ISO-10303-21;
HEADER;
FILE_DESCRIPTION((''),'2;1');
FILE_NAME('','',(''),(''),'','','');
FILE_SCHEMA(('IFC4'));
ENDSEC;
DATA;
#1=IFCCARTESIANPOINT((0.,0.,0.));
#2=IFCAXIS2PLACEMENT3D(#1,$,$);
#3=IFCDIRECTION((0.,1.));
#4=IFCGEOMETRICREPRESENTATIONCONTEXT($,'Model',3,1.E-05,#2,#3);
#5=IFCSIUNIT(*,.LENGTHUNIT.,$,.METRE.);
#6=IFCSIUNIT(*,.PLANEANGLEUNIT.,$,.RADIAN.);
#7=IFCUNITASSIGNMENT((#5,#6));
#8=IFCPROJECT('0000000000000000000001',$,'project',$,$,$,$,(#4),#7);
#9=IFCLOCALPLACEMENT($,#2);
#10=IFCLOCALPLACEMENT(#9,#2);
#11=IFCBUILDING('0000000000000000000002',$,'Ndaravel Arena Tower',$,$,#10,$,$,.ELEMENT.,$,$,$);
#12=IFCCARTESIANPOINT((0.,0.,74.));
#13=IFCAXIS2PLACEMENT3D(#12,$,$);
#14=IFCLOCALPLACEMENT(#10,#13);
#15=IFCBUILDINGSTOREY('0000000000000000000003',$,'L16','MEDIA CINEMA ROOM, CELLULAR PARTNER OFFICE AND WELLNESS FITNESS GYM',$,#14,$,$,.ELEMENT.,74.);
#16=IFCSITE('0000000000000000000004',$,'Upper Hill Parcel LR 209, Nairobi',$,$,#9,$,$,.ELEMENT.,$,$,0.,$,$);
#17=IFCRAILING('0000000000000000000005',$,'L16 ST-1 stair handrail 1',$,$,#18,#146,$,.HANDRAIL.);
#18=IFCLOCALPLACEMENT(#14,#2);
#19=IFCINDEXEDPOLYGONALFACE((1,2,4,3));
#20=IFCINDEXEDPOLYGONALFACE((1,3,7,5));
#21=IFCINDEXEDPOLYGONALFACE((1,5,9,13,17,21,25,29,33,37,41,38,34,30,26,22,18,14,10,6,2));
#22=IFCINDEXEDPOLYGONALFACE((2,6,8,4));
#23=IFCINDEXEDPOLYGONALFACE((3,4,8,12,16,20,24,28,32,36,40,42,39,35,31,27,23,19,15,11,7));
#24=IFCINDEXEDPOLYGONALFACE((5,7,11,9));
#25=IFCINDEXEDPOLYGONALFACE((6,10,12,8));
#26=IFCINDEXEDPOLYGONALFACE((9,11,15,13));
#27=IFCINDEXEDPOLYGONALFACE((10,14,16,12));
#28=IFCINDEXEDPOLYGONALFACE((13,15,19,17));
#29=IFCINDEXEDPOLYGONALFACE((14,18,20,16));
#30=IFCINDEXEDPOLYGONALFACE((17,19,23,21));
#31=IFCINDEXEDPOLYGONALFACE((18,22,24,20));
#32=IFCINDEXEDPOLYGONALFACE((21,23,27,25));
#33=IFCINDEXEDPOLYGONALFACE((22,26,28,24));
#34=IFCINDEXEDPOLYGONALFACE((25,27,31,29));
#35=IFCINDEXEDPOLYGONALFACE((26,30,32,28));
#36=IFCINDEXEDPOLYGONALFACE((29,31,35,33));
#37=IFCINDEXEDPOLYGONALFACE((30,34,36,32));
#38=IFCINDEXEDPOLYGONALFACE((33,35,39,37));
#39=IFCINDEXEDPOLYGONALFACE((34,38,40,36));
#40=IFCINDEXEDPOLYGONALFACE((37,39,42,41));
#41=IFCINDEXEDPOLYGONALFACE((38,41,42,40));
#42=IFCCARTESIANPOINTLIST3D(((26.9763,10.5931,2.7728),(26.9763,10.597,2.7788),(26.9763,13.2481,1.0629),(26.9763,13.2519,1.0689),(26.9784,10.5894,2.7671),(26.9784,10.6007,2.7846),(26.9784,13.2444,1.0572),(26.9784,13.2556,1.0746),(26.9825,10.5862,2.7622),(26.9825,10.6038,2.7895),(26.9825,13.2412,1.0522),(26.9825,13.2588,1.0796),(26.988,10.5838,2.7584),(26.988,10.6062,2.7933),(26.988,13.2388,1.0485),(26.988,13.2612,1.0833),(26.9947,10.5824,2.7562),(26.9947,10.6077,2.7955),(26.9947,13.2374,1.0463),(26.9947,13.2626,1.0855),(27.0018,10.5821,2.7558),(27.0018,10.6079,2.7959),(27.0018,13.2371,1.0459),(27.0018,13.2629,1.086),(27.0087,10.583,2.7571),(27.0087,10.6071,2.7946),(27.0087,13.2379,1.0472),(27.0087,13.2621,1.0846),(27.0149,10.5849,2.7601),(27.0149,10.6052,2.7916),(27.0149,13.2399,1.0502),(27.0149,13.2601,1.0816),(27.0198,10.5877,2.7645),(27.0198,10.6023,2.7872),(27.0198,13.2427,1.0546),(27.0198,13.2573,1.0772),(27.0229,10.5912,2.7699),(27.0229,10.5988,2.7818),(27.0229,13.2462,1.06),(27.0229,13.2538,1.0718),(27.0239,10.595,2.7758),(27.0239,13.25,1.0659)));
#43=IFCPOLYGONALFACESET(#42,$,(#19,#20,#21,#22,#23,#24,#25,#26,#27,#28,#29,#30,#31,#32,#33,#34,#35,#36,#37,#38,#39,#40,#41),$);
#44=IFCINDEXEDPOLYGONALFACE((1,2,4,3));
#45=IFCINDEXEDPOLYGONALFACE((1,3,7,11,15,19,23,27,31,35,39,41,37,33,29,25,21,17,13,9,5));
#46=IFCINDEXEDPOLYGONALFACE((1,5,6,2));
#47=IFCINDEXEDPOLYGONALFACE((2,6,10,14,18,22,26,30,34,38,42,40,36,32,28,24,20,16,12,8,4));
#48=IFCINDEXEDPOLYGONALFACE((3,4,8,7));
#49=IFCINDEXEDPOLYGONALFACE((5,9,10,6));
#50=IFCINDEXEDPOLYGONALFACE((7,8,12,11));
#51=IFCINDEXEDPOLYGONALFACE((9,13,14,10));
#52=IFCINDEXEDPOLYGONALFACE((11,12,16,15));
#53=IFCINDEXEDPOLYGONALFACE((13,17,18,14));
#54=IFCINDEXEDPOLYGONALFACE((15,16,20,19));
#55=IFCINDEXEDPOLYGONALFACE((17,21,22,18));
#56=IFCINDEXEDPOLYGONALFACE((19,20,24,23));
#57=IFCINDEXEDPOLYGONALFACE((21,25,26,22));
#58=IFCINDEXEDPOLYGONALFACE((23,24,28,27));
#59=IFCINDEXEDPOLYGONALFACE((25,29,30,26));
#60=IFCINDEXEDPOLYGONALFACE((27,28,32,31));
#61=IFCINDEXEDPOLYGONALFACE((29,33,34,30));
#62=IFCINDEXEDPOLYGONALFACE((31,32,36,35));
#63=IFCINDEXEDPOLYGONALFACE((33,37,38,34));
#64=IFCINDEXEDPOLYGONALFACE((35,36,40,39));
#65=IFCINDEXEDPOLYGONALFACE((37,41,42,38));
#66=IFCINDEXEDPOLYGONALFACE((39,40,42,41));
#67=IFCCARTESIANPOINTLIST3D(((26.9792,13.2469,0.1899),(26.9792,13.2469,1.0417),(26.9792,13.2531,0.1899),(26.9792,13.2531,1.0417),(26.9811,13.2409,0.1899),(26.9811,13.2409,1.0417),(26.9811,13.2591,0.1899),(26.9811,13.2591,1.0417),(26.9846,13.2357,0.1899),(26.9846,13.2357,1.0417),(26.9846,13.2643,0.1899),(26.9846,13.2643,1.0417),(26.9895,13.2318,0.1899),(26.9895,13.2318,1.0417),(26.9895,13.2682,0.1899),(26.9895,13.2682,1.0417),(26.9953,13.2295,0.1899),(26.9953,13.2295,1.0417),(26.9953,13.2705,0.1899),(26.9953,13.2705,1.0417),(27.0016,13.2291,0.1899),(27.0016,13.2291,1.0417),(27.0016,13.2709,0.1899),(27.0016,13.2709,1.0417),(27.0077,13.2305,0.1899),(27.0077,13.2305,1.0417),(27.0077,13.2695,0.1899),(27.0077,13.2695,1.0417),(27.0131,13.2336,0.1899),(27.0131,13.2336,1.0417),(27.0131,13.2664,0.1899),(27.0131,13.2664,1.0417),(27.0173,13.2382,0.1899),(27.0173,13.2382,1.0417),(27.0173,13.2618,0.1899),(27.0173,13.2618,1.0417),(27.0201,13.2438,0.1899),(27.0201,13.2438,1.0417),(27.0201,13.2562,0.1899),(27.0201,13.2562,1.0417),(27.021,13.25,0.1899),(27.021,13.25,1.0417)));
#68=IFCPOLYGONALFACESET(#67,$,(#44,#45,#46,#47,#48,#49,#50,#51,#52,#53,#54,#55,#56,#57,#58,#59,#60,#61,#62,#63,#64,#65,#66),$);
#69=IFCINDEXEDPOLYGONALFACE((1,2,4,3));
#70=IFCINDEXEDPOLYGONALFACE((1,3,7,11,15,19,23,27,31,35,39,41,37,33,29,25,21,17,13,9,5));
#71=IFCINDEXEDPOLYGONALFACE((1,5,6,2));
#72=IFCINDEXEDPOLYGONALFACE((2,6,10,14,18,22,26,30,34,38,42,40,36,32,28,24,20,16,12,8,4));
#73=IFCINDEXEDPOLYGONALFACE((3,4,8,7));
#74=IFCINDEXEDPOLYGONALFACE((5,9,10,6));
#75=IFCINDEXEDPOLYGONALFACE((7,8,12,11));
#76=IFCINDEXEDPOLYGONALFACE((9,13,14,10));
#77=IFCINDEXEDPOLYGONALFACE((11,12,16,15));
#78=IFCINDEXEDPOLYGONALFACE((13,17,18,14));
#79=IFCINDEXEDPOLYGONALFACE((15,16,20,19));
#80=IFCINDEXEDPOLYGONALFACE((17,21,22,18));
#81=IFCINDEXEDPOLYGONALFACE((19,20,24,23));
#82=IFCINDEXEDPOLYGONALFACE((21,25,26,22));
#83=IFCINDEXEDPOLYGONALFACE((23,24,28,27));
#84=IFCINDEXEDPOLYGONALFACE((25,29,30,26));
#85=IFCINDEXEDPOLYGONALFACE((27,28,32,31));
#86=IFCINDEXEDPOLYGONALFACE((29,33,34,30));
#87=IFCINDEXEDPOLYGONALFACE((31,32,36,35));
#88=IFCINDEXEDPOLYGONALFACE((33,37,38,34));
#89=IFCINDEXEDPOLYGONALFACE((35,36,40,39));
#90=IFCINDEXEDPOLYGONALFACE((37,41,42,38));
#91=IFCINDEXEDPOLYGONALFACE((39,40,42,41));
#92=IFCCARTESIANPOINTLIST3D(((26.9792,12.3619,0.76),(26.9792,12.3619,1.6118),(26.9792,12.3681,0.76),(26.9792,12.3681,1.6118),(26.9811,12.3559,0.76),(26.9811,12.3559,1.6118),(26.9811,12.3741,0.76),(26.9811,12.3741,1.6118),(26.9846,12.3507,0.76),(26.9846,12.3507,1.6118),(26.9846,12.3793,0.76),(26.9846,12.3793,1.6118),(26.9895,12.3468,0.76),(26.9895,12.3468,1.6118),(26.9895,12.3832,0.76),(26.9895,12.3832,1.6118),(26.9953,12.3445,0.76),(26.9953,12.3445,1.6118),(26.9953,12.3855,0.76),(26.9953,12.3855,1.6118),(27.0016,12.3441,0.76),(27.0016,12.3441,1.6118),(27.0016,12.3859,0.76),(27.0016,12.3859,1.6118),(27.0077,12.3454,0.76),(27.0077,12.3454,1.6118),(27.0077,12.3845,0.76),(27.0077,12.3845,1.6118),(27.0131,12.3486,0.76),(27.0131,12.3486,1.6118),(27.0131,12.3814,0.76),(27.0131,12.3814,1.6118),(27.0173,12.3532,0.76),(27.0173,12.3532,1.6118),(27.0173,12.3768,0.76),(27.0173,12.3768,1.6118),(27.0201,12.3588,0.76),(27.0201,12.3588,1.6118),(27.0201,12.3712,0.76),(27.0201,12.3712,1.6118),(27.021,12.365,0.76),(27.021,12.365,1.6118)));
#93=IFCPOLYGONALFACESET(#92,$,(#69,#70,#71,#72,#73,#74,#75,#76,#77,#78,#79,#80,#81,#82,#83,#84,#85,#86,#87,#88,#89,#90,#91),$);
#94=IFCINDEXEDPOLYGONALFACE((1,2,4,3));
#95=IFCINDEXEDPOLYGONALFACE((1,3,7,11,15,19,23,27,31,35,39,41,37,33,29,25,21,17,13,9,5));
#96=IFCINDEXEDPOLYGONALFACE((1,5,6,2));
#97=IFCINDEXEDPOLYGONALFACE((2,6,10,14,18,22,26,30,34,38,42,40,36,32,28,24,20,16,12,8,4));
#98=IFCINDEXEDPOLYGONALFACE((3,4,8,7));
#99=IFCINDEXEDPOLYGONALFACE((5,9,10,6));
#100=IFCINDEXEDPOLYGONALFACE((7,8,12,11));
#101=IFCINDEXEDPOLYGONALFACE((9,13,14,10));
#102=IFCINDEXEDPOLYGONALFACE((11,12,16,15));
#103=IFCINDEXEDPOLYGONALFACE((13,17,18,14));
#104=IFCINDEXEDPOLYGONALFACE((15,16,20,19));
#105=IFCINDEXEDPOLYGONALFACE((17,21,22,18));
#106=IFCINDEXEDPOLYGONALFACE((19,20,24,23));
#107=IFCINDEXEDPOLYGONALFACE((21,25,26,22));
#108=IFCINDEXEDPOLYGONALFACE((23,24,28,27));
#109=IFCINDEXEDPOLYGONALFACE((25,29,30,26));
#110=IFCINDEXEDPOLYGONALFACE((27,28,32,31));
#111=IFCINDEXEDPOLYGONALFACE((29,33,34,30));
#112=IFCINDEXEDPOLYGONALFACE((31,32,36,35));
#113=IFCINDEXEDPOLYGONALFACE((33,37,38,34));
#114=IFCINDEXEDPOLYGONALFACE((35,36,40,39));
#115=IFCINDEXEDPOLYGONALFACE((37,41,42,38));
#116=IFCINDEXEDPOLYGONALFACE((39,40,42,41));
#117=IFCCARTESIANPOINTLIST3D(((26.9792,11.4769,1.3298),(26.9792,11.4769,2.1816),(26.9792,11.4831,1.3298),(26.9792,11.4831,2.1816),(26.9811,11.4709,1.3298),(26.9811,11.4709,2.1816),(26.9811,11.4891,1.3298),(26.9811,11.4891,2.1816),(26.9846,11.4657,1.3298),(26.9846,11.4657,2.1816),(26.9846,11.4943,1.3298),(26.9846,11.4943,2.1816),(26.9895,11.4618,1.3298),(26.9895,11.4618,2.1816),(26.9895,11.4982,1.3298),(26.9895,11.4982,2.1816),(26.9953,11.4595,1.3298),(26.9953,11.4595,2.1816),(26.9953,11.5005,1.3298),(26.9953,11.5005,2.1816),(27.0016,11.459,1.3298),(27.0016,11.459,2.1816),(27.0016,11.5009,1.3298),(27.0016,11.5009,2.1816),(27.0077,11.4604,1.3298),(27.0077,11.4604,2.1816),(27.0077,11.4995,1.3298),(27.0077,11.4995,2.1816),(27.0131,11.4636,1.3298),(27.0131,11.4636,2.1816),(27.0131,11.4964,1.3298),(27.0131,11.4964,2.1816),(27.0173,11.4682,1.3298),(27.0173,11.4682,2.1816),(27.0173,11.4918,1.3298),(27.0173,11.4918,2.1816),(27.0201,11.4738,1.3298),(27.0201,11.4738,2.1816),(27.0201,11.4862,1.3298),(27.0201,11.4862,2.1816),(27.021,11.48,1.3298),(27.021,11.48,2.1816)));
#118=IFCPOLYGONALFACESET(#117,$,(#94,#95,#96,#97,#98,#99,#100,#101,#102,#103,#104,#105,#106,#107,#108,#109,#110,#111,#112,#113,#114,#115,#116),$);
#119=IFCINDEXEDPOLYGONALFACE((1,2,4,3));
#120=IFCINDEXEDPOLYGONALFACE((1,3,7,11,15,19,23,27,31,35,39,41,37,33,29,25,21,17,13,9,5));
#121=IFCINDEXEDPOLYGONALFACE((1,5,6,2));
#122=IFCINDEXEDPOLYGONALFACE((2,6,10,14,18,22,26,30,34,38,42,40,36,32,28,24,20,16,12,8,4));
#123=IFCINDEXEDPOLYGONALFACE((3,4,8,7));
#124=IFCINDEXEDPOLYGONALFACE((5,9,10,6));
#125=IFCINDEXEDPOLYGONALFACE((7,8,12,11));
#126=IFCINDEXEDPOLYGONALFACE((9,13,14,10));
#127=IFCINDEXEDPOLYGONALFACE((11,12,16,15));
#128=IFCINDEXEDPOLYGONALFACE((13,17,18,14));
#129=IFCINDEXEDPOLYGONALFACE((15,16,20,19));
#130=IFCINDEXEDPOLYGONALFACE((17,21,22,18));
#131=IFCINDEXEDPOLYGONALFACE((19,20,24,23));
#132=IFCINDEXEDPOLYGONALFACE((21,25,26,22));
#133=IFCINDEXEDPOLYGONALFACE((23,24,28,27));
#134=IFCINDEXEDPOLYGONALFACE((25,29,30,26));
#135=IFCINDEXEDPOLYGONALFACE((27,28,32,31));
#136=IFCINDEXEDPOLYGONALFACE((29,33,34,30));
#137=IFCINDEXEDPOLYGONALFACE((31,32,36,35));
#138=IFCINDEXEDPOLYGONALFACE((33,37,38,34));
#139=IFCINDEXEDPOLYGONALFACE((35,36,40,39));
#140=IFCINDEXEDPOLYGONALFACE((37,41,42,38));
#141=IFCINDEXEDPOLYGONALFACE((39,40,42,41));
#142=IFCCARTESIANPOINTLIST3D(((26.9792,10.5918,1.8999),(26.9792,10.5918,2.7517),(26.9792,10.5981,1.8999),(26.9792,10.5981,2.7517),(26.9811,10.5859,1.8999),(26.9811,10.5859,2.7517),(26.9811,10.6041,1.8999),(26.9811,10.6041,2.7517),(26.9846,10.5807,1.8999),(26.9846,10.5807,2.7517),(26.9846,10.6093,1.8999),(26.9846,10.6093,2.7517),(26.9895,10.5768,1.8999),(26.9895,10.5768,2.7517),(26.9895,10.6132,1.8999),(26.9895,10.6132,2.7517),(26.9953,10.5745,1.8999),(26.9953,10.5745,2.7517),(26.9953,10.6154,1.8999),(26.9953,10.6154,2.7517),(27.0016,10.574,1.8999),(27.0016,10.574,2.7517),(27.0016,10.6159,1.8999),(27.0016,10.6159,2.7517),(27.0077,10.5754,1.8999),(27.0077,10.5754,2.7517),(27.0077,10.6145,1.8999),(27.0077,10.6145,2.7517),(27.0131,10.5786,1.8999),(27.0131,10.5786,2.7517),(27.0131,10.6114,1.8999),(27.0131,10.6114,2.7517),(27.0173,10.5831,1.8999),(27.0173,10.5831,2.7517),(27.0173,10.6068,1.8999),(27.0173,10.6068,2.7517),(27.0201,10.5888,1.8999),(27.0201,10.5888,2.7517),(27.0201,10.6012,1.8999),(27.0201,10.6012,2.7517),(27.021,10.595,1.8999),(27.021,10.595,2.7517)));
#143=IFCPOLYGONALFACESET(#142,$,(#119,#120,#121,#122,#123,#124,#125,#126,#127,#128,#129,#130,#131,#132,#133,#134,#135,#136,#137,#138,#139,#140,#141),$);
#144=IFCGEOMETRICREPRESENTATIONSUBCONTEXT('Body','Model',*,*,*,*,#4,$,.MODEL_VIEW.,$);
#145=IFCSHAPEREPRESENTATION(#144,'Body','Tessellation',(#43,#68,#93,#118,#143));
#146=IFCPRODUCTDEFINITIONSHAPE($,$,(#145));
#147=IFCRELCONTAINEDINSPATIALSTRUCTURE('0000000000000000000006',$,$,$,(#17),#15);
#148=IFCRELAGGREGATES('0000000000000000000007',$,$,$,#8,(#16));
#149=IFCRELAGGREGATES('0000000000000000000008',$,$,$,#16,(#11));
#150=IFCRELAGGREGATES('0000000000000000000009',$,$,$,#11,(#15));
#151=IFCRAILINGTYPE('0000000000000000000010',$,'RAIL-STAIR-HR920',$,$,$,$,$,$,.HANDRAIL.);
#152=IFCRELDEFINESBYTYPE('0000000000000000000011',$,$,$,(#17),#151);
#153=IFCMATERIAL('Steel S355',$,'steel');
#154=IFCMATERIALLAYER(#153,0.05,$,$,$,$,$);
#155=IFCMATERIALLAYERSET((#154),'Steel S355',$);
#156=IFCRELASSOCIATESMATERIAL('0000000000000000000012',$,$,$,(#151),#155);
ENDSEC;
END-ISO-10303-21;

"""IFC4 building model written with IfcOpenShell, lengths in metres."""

from ifc_helpers import new_model, si_unit, direction, frame, origin, origin_2d, place, context, subcontext, project, spatial, circle, extrude, material, layer, layer_set, type_object, element, save


model = new_model("IFC4")

# Units and contexts
model_context = context("Model", 3, precision=1e-05, world=origin(), true_north=direction((0.0, 1.0)))
body_context = subcontext(model_context, "Body", "Model", "MODEL_VIEW")
ifc_project = project(units=[si_unit("LENGTHUNIT", "METRE"), si_unit("PLANEANGLEUNIT", "RADIAN")], contexts=[model_context])

# Site, building, storey
site_placement = place(None, origin())
site = spatial("IfcSite", under=ifc_project, at=site_placement, Name="Upper Hill Parcel LR 209, Nairobi", CompositionType="ELEMENT", RefElevation=0.0)
building_placement = place(site_placement, origin())
building = spatial("IfcBuilding", under=site, at=building_placement, Name="Ndaravel Arena Tower", CompositionType="ELEMENT")
storey_placement = place(building_placement, frame((0.0, 0.0, 74.0)))
storey = spatial("IfcBuildingStorey", under=building, at=storey_placement, Name="L16", Description="MEDIA CINEMA ROOM, CELLULAR PARTNER OFFICE AND WELLNESS FITNESS GYM", CompositionType="ELEMENT", Elevation=74.0)

# Railing
ifc_material_1 = material(Name="Steel S355", Category="steel")
ifc_layer_1 = layer(ifc_material_1, 0.05)
ifc_layer_set_1 = layer_set([ifc_layer_1], Name="Steel S355")
railing_type_1 = type_object("IfcRailingType", Name="RAIL-STAIR-HR920", PredefinedType="HANDRAIL", material=ifc_layer_set_1)
railing_1_placement = place(storey_placement, frame((27.0, 13.25, 0.1899)))
element("IfcRailing", 1, at=railing_1_placement, inside=storey, type_object=railing_type_1, Name="L16 ST-1 stair handrail 1", PredefinedType="HANDRAIL", context=body_context, shape_type="SweptSolid", body=[
    extrude(circle(Radius=0.0239, at=origin_2d()), frame((0.0, 0.0, 0.876), z_axis=(0.0, -0.840724, 0.541465), x_axis=(1.0, 0.0, 0.0)), (0.0, 0.0, 1.0), 3.158),
    extrude(circle(Radius=0.021, at=origin_2d()), origin(), (0.0, 0.0, 1.0), 0.8518),
    extrude(circle(Radius=0.021, at=origin_2d()), frame((0.0, -0.885, 0.5701)), (0.0, 0.0, 1.0), 0.8518),
    extrude(circle(Radius=0.021, at=origin_2d()), frame((0.0, -1.77, 1.1399)), (0.0, 0.0, 1.0), 0.8518),
    extrude(circle(Radius=0.021, at=origin_2d()), frame((0.0, -2.655, 1.71)), (0.0, 0.0, 1.0), 0.8518),
])

save(model, "model.ifc")
